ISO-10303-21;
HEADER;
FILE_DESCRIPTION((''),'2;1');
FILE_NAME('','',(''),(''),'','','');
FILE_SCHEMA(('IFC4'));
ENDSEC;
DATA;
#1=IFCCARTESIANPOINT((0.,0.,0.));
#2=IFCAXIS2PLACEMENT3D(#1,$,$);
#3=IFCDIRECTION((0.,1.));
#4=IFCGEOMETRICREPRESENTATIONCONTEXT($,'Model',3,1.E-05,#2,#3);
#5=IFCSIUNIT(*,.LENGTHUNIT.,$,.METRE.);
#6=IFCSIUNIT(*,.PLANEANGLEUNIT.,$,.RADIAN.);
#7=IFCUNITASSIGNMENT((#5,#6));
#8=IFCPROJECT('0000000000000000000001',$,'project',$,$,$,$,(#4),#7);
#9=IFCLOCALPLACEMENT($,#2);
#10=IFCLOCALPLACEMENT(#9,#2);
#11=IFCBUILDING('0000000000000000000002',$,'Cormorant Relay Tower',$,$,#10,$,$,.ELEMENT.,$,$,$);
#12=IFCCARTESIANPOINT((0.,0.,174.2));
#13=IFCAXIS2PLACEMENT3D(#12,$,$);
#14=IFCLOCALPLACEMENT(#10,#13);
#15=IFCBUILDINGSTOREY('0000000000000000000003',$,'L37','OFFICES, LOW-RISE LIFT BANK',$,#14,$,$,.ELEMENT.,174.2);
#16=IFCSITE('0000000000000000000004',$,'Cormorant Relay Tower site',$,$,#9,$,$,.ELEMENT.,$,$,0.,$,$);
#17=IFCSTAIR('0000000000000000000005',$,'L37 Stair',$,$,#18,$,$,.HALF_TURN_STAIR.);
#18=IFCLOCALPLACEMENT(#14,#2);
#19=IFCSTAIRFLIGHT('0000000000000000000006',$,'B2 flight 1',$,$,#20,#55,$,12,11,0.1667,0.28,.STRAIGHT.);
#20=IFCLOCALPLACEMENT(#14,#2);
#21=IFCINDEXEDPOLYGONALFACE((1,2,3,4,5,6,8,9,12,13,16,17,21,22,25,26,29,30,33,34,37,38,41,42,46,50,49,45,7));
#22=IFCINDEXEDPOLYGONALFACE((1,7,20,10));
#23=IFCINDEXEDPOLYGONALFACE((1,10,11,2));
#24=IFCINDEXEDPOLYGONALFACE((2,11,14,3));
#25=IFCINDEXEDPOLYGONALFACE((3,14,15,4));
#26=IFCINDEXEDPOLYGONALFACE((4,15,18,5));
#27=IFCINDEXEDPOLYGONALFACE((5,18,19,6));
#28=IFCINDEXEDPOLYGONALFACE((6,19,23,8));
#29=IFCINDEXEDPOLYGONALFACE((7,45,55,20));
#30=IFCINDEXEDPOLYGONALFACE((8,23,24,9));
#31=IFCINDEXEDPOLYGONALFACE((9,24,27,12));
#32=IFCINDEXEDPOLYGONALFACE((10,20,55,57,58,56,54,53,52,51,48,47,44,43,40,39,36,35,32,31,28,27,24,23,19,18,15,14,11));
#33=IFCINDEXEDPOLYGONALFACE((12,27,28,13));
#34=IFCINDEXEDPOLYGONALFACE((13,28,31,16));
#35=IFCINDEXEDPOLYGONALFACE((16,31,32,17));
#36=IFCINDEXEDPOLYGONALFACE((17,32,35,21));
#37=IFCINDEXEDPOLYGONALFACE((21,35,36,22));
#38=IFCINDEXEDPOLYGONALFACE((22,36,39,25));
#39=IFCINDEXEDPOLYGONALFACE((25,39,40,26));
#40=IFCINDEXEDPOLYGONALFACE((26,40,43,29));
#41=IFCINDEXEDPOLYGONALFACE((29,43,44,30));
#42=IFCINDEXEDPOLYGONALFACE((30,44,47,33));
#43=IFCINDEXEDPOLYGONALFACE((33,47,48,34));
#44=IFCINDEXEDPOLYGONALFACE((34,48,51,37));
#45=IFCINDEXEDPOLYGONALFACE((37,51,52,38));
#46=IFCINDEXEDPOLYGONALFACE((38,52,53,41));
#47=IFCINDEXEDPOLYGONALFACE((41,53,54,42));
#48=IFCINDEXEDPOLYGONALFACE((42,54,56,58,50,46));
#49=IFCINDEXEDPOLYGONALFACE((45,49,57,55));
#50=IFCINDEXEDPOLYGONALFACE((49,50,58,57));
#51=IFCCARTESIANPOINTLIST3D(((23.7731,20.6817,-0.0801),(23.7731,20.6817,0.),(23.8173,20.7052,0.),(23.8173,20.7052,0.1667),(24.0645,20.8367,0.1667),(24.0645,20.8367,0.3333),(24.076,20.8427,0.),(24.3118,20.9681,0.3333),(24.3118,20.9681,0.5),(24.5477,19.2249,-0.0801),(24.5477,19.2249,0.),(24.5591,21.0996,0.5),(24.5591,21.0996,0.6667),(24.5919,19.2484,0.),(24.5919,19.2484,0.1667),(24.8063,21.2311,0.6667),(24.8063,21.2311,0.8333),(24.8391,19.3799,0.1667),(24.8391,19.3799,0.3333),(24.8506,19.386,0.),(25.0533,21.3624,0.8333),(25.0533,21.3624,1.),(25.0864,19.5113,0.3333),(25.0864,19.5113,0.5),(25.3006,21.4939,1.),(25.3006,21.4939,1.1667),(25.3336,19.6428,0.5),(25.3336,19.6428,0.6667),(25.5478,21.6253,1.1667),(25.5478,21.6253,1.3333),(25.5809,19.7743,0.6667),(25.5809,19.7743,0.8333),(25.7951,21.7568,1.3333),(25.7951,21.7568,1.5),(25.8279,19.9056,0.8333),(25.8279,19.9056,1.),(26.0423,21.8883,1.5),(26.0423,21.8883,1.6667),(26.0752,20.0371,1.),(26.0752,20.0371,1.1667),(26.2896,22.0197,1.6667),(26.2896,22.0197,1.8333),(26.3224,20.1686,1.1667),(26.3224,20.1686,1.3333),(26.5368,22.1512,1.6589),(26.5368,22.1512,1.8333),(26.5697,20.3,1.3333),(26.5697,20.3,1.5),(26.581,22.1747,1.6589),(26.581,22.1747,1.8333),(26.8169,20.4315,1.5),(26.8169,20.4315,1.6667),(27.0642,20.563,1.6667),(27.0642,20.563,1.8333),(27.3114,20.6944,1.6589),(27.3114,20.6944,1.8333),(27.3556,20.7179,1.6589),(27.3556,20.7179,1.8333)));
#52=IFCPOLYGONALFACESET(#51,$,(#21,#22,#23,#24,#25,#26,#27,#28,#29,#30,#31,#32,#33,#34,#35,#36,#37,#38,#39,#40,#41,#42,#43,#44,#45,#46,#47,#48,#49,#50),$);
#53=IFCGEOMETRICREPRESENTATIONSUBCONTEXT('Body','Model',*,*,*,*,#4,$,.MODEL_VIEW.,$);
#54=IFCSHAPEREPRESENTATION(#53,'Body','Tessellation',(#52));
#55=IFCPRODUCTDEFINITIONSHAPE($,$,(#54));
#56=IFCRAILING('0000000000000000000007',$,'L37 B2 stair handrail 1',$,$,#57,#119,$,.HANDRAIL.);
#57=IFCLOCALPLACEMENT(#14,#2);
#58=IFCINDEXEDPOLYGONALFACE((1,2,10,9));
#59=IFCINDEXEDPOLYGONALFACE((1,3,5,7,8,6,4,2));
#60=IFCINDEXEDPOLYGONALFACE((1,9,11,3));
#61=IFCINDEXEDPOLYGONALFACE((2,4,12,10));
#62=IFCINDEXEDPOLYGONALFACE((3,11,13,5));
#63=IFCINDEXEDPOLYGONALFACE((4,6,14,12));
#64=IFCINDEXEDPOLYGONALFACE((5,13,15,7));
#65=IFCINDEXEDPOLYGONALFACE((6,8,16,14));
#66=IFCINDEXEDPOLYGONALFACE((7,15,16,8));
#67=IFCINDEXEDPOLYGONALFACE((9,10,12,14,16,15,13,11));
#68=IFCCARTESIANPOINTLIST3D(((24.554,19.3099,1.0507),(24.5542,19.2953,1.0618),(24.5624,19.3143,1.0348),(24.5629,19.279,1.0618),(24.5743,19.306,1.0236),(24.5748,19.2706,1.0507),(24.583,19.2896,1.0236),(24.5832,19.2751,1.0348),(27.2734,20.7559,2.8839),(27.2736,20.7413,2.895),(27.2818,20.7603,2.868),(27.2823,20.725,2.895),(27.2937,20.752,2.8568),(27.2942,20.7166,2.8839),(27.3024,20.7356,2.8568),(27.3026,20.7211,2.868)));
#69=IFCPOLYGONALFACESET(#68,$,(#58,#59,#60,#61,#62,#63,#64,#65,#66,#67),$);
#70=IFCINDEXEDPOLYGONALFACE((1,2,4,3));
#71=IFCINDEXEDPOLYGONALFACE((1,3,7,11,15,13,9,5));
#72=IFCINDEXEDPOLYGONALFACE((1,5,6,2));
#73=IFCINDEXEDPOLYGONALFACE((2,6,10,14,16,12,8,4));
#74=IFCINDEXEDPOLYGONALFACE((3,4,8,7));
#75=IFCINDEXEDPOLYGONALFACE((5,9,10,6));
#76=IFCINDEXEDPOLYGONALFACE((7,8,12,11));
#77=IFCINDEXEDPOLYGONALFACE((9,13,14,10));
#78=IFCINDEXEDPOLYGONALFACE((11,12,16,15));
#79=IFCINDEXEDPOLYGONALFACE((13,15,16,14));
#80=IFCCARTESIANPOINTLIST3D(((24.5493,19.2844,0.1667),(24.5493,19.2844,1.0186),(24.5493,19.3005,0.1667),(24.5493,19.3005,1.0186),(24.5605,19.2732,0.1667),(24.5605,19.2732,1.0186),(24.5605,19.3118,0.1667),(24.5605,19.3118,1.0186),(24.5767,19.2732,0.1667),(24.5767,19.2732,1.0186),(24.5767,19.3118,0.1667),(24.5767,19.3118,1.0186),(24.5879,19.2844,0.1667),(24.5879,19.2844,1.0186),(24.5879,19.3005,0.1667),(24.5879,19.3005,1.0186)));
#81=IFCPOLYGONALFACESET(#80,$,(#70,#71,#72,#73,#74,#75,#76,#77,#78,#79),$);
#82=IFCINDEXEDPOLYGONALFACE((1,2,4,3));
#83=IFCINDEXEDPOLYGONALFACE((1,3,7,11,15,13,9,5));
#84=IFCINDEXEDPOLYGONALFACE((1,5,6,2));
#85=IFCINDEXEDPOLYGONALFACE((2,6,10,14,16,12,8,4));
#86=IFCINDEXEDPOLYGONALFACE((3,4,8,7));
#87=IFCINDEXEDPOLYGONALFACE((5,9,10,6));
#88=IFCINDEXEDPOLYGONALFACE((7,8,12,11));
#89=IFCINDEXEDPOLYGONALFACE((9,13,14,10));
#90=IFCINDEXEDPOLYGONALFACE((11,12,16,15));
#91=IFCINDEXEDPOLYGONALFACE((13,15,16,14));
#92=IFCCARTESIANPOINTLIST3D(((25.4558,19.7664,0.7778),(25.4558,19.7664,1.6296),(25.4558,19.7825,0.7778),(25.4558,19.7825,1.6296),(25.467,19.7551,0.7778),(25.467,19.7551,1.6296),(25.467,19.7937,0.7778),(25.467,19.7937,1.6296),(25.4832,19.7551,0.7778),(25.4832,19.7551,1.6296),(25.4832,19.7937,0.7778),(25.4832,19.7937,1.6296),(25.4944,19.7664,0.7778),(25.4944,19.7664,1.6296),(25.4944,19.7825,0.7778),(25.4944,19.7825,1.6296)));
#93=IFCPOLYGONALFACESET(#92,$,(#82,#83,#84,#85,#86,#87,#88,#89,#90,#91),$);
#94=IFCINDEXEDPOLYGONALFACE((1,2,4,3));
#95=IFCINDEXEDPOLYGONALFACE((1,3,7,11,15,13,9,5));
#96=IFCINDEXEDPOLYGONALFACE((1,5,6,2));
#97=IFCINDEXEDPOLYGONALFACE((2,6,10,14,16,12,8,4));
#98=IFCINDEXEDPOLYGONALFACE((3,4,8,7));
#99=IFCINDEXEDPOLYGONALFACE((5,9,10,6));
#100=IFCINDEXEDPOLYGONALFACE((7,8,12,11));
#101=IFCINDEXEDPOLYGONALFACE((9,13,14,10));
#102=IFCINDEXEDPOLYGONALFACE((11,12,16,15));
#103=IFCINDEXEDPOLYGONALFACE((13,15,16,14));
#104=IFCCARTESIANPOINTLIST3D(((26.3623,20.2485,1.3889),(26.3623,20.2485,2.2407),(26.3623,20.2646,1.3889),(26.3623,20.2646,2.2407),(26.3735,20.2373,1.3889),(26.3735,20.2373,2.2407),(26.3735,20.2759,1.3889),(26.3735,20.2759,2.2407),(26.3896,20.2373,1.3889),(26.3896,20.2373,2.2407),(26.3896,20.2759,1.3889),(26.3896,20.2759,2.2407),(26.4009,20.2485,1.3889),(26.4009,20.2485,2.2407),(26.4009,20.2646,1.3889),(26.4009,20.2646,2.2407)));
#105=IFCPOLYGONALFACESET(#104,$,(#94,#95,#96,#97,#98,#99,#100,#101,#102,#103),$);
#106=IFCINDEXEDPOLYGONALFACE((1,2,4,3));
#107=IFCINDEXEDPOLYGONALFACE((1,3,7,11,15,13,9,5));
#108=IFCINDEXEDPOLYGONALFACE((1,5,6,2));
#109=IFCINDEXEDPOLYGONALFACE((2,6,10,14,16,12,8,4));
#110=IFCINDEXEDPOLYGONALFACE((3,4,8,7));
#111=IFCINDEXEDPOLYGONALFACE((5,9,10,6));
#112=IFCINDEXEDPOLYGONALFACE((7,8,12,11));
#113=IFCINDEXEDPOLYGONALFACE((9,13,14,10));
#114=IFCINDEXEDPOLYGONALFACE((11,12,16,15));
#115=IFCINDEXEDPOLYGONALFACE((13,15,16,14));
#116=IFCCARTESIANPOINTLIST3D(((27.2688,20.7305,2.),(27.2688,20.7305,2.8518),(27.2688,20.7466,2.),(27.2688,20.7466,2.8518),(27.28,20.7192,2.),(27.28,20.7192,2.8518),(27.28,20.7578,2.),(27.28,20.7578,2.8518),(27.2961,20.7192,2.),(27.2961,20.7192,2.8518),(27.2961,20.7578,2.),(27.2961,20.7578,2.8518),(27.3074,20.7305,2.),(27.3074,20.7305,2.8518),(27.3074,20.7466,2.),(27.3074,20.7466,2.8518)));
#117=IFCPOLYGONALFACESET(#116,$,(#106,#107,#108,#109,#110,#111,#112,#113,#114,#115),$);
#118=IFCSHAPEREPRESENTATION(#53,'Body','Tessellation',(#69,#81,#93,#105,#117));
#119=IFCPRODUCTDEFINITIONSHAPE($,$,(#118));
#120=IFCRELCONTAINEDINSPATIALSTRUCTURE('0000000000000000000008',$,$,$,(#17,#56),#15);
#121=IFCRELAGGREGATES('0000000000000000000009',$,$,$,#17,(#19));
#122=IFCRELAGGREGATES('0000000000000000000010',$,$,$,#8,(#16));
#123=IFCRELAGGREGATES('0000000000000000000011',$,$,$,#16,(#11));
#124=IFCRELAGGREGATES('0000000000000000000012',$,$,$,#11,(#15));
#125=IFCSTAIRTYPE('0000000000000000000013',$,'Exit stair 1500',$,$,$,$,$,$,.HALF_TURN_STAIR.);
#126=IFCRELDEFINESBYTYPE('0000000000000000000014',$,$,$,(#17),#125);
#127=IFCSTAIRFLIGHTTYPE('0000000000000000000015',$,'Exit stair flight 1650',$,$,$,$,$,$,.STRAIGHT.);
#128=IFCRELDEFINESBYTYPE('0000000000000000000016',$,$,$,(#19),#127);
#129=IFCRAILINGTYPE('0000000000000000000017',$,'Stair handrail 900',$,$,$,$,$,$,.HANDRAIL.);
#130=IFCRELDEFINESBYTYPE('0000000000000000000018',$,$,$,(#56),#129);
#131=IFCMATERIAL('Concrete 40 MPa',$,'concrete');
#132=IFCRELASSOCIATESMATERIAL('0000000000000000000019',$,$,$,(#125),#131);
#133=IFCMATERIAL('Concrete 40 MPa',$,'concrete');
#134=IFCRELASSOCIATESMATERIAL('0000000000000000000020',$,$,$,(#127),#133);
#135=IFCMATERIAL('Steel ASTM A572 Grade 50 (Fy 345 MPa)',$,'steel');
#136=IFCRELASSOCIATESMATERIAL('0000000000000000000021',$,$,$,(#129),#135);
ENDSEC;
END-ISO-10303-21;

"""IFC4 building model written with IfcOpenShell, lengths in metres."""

from ifc_helpers import new_model, si_unit, direction, frame, origin, place, context, subcontext, project, spatial, polyline, outline, extrude, material, type_object, element, aggregate, save


model = new_model("IFC4")

# Units and contexts
model_context = context("Model", 3, precision=1e-05, world=origin(), true_north=direction((0.0, 1.0)))
body_context = subcontext(model_context, "Body", "Model", "MODEL_VIEW")
ifc_project = project(units=[si_unit("LENGTHUNIT", "METRE"), si_unit("PLANEANGLEUNIT", "RADIAN")], contexts=[model_context])

# Site, building, storey
site_placement = place(None, origin())
site = spatial("IfcSite", under=ifc_project, at=site_placement, Name="Cormorant Relay Tower site", CompositionType="ELEMENT", RefElevation=0.0)
building_placement = place(site_placement, origin())
building = spatial("IfcBuilding", under=site, at=building_placement, Name="Cormorant Relay Tower", CompositionType="ELEMENT")
storey_placement = place(building_placement, frame((0.0, 0.0, 174.2)))
storey = spatial("IfcBuildingStorey", under=building, at=storey_placement, Name="L37", Description="OFFICES, LOW-RISE LIFT BANK", CompositionType="ELEMENT", Elevation=174.2)

# Stair, stair flight
ifc_material_1 = material(Name="Concrete 40 MPa", Category="concrete")
stair_type = type_object("IfcStairType", Name="Exit stair 1500", PredefinedType="HALF_TURN_STAIR", material=ifc_material_1)
stair_placement = place(storey_placement, origin())
stair = element("IfcStair", 1, at=stair_placement, inside=storey, type_object=stair_type, Name="L37 Stair", PredefinedType="HALF_TURN_STAIR")
ifc_material_2 = material(Name="Concrete 40 MPa", Category="concrete")
stair_flight_type = type_object("IfcStairFlightType", Name="Exit stair flight 1650", PredefinedType="STRAIGHT", material=ifc_material_2)
stair_flight_placement = place(storey_placement, frame((24.2046, 19.9768, 0.0), z_axis=(0.0, 0.0, 1.0), x_axis=(0.882948, 0.469472, 0.0)))
stair_flight = element("IfcStairFlight", 2, at=stair_flight_placement, type_object=stair_flight_type, Name="B2 flight 1", NumberOfRisers=12, NumberOfTreads=11, PredefinedType="STRAIGHT", RiserHeight=0.1667, TreadLength=0.28, context=body_context, shape_type="SweptSolid", body=[
    extrude(outline(polyline([(-0.05, -0.0801), (-0.05, 0.0), (0.0, 0.0), (0.0, 0.1667), (0.28, 0.1667), (0.28, 0.3333), (0.5601, 0.3333), (0.5601, 0.5), (0.8401, 0.5), (0.8401, 0.6667), (1.1201, 0.6667), (1.1201, 0.8333), (1.3999, 0.8333), (1.3999, 1.0), (1.6799, 1.0), (1.6799, 1.1667), (1.96, 1.1667), (1.96, 1.3333), (2.24, 1.3333), (2.24, 1.5), (2.52, 1.5), (2.52, 1.6667), (2.8, 1.6667), (2.8, 1.8333), (3.0801, 1.8333), (3.1301, 1.8333), (3.1301, 1.6589), (3.0801, 1.6589), (0.293, 0.0), (-0.05, -0.0801)])), frame((0.0, 0.825, 0.0), z_axis=(0.0, -1.0, 0.0), x_axis=(1.0, 0.0, 0.0)), (0.0, 0.0, 1.0), 1.6499),
])
aggregate(stair, [stair_flight])

# Railing
ifc_material_3 = material(Name="Steel ASTM A572 Grade 50 (Fy 345 MPa)", Category="steel")
railing_type = type_object("IfcRailingType", Name="Stair handrail 900", PredefinedType="HANDRAIL", material=ifc_material_3)
railing_placement = place(storey_placement, frame((24.5686, 19.2925, 0.1667)))
element("IfcRailing", 3, at=railing_placement, inside=storey, type_object=railing_type, Name="L37 B2 stair handrail 1", PredefinedType="HANDRAIL", context=body_context, shape_type="SweptSolid", body=[
    extrude(outline(polyline([(0.0222, 0.0093), (0.0093, 0.0222), (-0.0093, 0.0222), (-0.0222, 0.0093), (-0.0222, -0.0093), (-0.0093, -0.0222), (0.0093, -0.0222), (0.0222, -0.0093), (0.0222, 0.0093)])), frame((0.0, 0.0, 0.876), z_axis=(0.758714, 0.403435, 0.511463), x_axis=(-0.469489, 0.882938, 0.0)), (0.0, 0.0, 1.0), 3.5842),
    extrude(outline(polyline([(0.0193, 0.0081), (0.0081, 0.0193), (-0.0081, 0.0193), (-0.0193, 0.0081), (-0.0193, -0.0081), (-0.0081, -0.0193), (0.0081, -0.0193), (0.0193, -0.0081), (0.0193, 0.0081)])), origin(), (0.0, 0.0, 1.0), 0.8518),
    extrude(outline(polyline([(0.0193, 0.0081), (0.0081, 0.0193), (-0.0081, 0.0193), (-0.0193, 0.0081), (-0.0193, -0.0081), (-0.0081, -0.0193), (0.0081, -0.0193), (0.0193, -0.0081), (0.0193, 0.0081)])), frame((0.9065, 0.4819, 0.6111)), (0.0, 0.0, 1.0), 0.8518),
    extrude(outline(polyline([(0.0193, 0.0081), (0.0081, 0.0193), (-0.0081, 0.0193), (-0.0193, 0.0081), (-0.0193, -0.0081), (-0.0081, -0.0193), (0.0081, -0.0193), (0.0193, -0.0081), (0.0193, 0.0081)])), frame((1.813, 0.9641, 1.2222)), (0.0, 0.0, 1.0), 0.8518),
    extrude(outline(polyline([(0.0193, 0.0081), (0.0081, 0.0193), (-0.0081, 0.0193), (-0.0193, 0.0081), (-0.0193, -0.0081), (-0.0081, -0.0193), (0.0081, -0.0193), (0.0193, -0.0081), (0.0193, 0.0081)])), frame((2.7195, 1.446, 1.8333)), (0.0, 0.0, 1.0), 0.8518),
])

save(model, "model.ifc")
